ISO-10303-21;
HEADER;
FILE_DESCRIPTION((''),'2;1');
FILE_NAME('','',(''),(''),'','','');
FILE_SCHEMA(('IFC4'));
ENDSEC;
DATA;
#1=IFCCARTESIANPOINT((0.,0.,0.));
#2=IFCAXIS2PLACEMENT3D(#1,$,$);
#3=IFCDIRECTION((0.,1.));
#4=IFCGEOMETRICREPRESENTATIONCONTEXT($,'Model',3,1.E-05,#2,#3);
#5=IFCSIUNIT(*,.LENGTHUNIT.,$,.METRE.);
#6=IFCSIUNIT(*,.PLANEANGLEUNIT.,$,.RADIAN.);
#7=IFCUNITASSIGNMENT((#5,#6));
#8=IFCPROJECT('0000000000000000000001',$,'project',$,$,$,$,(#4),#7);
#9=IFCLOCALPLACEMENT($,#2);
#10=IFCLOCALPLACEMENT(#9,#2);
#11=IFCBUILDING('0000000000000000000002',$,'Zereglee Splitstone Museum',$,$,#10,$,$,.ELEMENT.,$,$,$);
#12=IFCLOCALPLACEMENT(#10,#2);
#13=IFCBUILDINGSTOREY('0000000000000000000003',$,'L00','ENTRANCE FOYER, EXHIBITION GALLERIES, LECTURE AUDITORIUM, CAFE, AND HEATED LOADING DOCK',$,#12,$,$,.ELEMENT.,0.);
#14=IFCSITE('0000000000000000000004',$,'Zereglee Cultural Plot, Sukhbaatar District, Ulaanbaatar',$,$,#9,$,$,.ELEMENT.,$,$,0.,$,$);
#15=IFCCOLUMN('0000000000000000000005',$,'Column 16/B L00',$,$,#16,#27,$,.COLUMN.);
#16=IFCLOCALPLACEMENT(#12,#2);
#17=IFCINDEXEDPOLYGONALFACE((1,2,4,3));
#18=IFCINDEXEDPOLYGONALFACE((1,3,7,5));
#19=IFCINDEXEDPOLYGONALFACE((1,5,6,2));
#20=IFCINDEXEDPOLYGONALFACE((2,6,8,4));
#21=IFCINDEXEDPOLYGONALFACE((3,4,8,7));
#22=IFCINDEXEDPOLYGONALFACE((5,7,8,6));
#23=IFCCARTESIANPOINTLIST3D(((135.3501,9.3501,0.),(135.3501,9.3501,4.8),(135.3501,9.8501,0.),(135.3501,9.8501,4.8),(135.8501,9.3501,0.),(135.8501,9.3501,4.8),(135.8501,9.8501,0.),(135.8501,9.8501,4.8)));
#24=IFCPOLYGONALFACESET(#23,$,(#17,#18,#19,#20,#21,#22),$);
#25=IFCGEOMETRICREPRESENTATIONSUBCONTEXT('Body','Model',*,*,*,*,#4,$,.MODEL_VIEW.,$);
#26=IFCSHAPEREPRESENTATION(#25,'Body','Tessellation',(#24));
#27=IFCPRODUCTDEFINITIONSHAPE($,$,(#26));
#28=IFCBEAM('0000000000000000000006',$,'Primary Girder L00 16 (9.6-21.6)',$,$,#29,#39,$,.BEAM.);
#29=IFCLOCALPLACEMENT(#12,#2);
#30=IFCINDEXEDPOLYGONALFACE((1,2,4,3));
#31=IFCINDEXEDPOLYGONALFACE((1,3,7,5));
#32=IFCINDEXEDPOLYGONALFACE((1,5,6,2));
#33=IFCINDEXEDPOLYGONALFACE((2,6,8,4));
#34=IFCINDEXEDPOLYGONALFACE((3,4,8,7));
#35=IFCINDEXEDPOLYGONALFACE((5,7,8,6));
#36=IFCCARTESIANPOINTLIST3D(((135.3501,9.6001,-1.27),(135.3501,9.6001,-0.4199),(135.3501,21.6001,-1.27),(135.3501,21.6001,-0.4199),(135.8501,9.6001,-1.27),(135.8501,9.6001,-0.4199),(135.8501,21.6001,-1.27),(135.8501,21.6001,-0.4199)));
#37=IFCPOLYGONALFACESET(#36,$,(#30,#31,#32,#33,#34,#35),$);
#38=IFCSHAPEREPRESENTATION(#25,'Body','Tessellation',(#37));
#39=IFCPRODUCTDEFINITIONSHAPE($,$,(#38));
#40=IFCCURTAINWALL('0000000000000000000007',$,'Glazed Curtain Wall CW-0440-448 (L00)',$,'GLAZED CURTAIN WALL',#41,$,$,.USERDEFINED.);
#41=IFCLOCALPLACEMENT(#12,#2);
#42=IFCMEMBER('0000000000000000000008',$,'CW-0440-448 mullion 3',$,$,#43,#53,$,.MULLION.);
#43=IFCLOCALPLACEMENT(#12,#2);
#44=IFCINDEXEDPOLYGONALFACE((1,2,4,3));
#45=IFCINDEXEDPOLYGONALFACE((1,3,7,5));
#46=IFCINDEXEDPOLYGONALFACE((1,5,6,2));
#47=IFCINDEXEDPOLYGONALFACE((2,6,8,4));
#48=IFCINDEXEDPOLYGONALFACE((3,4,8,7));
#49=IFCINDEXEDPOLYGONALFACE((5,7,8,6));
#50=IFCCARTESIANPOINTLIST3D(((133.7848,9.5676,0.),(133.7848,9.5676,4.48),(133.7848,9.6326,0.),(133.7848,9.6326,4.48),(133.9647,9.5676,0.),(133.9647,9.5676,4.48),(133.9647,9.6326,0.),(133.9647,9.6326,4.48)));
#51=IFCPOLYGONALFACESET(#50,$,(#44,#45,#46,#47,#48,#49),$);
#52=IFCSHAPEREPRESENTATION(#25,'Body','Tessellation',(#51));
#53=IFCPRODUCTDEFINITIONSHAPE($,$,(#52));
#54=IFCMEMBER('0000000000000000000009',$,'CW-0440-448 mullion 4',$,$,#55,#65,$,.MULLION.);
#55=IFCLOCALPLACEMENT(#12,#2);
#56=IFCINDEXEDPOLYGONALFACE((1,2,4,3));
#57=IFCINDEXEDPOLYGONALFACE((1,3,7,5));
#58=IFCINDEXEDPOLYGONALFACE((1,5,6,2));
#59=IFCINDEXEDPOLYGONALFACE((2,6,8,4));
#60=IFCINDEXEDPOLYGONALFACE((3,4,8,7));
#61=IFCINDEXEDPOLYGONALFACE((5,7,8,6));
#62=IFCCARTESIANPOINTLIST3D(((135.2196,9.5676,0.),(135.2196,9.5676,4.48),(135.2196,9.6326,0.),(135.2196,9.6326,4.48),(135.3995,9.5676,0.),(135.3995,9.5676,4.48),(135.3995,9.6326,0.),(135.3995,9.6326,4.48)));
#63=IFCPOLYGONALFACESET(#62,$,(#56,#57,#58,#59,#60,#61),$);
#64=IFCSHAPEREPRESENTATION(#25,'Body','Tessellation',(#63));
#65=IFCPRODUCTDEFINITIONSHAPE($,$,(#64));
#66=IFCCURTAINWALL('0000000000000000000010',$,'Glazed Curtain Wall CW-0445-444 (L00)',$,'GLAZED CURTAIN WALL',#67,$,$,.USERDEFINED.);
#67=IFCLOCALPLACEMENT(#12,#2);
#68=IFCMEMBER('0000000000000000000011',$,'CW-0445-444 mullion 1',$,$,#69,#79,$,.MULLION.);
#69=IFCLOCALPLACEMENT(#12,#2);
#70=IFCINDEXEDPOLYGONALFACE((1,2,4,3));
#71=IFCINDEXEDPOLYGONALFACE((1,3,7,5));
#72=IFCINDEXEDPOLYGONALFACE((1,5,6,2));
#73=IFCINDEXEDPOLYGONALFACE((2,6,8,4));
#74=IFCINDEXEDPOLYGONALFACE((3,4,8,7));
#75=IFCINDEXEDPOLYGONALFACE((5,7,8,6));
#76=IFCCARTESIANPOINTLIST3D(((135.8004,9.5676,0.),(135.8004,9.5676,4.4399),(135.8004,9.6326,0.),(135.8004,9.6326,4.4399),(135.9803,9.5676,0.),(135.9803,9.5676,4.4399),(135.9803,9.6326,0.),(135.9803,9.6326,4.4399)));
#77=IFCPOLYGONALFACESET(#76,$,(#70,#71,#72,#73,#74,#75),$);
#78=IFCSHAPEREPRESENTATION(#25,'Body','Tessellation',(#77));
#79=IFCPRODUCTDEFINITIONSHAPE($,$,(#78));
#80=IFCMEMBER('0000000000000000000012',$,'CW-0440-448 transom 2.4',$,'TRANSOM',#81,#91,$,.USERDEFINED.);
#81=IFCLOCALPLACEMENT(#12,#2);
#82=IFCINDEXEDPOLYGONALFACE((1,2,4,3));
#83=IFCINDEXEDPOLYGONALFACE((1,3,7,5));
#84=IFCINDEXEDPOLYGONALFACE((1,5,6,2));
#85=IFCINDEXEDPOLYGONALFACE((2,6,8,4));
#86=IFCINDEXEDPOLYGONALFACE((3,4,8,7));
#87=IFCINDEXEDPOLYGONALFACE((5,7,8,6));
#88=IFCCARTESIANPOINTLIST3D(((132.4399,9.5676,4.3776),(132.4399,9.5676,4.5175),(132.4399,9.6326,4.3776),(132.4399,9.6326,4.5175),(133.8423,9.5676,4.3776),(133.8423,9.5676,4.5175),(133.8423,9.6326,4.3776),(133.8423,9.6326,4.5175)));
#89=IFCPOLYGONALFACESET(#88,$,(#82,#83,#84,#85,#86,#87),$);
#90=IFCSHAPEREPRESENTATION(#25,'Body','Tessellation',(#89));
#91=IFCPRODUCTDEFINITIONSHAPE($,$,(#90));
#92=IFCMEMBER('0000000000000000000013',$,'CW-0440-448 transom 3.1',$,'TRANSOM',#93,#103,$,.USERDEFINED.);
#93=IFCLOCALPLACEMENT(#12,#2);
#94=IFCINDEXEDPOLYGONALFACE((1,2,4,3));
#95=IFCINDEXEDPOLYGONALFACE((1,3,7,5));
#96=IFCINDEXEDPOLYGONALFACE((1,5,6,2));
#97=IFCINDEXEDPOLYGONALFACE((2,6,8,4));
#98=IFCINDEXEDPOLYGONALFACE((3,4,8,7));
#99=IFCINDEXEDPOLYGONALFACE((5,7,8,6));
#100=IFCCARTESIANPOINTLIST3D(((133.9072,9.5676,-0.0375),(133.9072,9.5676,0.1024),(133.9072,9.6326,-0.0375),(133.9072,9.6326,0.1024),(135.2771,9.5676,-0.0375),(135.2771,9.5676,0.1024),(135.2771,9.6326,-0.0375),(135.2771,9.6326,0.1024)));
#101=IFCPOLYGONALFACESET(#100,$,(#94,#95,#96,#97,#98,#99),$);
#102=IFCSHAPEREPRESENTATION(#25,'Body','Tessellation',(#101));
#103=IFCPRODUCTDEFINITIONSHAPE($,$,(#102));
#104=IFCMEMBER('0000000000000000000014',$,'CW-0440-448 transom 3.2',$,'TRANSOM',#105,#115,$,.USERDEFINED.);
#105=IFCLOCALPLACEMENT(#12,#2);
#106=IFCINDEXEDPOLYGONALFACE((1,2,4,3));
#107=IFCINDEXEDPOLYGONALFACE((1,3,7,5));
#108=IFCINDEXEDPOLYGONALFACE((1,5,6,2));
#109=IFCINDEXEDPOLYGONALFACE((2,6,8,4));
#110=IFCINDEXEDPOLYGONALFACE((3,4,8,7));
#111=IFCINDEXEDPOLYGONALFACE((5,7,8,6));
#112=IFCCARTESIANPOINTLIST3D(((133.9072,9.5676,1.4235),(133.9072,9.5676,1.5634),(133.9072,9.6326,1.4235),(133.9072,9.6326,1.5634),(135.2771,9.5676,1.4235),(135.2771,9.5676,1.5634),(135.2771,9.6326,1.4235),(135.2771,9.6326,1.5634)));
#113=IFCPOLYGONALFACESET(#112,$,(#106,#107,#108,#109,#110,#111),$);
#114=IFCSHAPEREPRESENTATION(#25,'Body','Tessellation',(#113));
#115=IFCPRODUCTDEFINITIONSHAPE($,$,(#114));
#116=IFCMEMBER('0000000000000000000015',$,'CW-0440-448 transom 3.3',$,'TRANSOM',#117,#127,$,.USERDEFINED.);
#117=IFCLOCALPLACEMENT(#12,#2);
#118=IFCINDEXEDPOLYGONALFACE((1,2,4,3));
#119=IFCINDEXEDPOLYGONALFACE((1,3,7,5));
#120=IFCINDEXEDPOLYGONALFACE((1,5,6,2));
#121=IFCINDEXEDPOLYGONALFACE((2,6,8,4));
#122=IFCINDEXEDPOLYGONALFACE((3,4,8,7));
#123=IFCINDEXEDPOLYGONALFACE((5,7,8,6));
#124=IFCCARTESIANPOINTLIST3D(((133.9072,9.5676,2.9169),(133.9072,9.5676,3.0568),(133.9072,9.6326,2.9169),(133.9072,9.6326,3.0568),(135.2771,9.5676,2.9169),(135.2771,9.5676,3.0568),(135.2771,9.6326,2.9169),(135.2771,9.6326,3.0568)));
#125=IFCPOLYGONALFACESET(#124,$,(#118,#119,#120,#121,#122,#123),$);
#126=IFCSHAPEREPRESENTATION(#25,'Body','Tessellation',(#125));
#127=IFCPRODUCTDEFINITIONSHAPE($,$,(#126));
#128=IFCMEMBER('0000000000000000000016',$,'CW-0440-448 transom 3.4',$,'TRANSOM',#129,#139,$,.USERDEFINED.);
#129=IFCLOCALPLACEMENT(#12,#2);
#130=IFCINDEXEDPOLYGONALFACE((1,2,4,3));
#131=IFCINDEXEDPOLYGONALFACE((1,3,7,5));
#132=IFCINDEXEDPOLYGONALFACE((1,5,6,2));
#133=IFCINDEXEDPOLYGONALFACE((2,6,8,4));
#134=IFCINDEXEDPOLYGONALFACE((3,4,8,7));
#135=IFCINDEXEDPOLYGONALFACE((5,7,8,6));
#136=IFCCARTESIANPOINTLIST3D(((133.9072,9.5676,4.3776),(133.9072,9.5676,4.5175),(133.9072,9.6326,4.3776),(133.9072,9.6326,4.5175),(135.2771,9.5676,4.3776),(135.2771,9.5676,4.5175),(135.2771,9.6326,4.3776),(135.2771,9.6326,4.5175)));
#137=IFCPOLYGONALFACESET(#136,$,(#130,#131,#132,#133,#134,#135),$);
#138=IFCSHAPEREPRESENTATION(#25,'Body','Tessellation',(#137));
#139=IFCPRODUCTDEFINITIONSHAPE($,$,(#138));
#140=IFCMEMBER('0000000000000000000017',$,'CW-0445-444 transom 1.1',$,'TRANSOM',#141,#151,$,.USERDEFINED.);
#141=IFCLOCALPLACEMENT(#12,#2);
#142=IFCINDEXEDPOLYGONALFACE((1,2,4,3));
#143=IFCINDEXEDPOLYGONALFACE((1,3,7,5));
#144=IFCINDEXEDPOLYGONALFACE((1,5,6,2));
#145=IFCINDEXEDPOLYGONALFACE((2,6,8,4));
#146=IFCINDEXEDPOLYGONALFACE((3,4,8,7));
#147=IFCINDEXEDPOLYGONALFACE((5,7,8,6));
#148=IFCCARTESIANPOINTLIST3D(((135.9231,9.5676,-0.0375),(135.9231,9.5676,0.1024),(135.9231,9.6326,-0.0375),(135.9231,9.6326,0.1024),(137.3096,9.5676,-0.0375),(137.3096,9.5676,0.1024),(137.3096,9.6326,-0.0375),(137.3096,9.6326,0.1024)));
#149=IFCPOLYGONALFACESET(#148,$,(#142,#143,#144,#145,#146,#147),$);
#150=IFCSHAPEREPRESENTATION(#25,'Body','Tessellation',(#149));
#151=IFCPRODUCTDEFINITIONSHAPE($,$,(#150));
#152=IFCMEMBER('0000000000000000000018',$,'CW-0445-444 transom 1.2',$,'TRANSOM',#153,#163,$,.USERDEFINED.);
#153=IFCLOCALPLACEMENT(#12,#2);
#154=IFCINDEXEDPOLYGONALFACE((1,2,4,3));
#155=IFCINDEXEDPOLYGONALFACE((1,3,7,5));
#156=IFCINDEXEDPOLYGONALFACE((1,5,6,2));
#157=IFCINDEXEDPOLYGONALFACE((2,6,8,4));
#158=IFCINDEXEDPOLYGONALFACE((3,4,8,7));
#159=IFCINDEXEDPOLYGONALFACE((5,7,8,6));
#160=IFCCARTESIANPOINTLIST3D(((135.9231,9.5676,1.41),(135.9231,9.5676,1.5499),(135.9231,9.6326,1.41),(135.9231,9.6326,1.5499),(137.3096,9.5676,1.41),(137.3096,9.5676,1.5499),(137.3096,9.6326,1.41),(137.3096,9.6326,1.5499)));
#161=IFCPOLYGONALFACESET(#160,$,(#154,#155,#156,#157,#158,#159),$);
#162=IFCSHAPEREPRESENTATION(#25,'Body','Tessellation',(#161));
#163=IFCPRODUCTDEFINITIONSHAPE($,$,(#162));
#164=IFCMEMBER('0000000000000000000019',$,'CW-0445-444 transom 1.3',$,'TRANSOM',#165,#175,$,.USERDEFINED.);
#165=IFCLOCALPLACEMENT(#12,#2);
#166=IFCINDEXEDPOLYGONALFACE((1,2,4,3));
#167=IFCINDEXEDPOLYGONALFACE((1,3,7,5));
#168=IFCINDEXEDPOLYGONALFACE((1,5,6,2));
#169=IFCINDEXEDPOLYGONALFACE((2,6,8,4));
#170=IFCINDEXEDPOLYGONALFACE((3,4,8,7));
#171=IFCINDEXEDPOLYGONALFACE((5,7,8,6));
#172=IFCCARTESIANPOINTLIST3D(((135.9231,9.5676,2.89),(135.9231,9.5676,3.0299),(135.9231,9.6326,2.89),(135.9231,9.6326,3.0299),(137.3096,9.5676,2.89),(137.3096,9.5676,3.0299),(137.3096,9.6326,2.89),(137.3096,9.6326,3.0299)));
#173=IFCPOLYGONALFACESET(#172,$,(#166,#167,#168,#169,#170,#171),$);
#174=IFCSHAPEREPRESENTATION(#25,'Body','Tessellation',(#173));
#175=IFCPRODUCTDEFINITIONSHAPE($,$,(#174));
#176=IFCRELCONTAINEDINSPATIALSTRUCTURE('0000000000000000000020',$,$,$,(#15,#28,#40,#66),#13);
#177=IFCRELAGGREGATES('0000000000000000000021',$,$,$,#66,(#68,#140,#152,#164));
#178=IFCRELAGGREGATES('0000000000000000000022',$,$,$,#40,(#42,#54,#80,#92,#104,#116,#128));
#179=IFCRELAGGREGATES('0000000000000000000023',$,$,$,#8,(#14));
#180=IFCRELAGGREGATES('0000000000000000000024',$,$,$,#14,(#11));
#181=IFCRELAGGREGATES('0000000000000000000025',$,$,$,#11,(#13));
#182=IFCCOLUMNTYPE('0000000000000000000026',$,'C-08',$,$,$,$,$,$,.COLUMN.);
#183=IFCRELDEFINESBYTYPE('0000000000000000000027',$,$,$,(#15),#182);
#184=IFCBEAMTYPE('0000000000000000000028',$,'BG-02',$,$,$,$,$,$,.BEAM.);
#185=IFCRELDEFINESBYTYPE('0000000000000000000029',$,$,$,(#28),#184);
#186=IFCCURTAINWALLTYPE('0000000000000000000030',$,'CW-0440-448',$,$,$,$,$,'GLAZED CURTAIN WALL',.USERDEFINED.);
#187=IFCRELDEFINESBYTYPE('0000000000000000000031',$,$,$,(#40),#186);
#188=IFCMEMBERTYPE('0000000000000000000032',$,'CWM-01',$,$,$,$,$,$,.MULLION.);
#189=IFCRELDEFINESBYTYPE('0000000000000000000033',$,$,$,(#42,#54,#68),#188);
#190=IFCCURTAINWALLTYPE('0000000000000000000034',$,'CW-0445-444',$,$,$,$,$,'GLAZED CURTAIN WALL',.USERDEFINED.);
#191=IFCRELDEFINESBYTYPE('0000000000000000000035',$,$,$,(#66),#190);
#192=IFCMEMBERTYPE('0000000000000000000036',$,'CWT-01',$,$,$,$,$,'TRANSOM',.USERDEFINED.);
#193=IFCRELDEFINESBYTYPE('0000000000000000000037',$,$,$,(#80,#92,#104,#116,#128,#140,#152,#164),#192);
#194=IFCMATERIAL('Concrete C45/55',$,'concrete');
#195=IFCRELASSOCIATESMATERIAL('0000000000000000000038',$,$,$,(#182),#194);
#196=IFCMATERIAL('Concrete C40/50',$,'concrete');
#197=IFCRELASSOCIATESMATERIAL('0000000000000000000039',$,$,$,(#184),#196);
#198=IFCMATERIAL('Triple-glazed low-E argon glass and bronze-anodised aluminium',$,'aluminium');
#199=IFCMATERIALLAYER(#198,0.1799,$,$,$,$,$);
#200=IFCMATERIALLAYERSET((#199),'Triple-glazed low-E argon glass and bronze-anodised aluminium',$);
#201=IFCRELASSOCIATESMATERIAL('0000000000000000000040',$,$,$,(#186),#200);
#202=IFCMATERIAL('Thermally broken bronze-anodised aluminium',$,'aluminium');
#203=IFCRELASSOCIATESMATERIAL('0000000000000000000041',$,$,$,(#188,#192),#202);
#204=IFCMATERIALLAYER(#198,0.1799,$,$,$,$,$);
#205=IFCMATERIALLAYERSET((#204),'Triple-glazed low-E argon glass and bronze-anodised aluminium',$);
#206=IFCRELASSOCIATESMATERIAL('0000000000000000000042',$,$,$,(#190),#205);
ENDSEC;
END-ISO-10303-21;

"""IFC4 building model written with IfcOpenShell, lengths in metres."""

from ifc_helpers import new_model, si_unit, direction, frame, origin, origin_2d, place, context, subcontext, project, spatial, rectangle, extrude, material, layer, layer_set, material_profile, profile_set, type_object, element, aggregate, save


model = new_model("IFC4")

# Units and contexts
model_context = context("Model", 3, precision=1e-05, world=origin(), true_north=direction((0.0, 1.0)))
body_context = subcontext(model_context, "Body", "Model", "MODEL_VIEW")
ifc_project = project(units=[si_unit("LENGTHUNIT", "METRE"), si_unit("PLANEANGLEUNIT", "RADIAN")], contexts=[model_context])

# Site, building, storey
site_placement = place(None, origin())
site = spatial("IfcSite", under=ifc_project, at=site_placement, Name="Zereglee Cultural Plot, Sukhbaatar District, Ulaanbaatar", CompositionType="ELEMENT", RefElevation=0.0)
building_placement = place(site_placement, origin())
building = spatial("IfcBuilding", under=site, at=building_placement, Name="Zereglee Splitstone Museum", CompositionType="ELEMENT")
storey_placement = place(building_placement, origin())
storey = spatial("IfcBuildingStorey", under=building, at=storey_placement, Name="L00", Description="ENTRANCE FOYER, EXHIBITION GALLERIES, LECTURE AUDITORIUM, CAFE, AND HEATED LOADING DOCK", CompositionType="ELEMENT", Elevation=0.0)

# Column
ifc_material_1 = material(Name="Concrete C45/55", Category="concrete")
ifc_material_profile_1 = material_profile(ifc_material_1, rectangle(XDim=0.5, YDim=0.5, at=origin_2d()), Name="RC 500x500")
ifc_profile_set_1 = profile_set([ifc_material_profile_1], Name="Concrete C45/55")
column_type = type_object("IfcColumnType", Name="C-08", PredefinedType="COLUMN", material=ifc_profile_set_1)
column_placement = place(storey_placement, frame((135.6001, 9.6001, 0.0), z_axis=(0.0, 0.0, 1.0), x_axis=(1.0, 0.0, 0.0)))
element("IfcColumn", 1, at=column_placement, inside=storey, type_object=column_type, Name="Column 16/B L00", PredefinedType="COLUMN", context=body_context, shape_type="SweptSolid", body=[
    extrude(rectangle(XDim=0.5, YDim=0.5, at=origin_2d()), origin(), (0.0, 0.0, 1.0), 4.8),
])

# Beam
ifc_material_2 = material(Name="Concrete C40/50", Category="concrete")
ifc_material_profile_2 = material_profile(ifc_material_2, rectangle(XDim=0.5, YDim=0.8501, at=origin_2d()), Name="RC 500x850")
ifc_profile_set_2 = profile_set([ifc_material_profile_2], Name="Concrete C40/50")
beam_type_1 = type_object("IfcBeamType", Name="BG-02", PredefinedType="BEAM", material=ifc_profile_set_2)
beam_1_placement = place(storey_placement, frame((135.6001, 9.6001, -0.845), z_axis=(0.0, 1.0, 0.0), x_axis=(-1.0, 0.0, 0.0)))
element("IfcBeam", 2, at=beam_1_placement, inside=storey, type_object=beam_type_1, Name="Primary Girder L00 16 (9.6-21.6)", PredefinedType="BEAM", context=body_context, shape_type="SweptSolid", body=[
    extrude(rectangle(XDim=0.5, YDim=0.8501, at=origin_2d()), origin(), (0.0, 0.0, 1.0), 12.0),
])

# Curtain wall, members
ifc_material_3 = material(Name="Triple-glazed low-E argon glass and bronze-anodised aluminium", Category="aluminium")
ifc_layer_1 = layer(ifc_material_3, 0.1799)
ifc_layer_set_1 = layer_set([ifc_layer_1], Name="Triple-glazed low-E argon glass and bronze-anodised aluminium")
curtain_wall_type_1 = type_object("IfcCurtainWallType", Name="CW-0440-448", ElementType="GLAZED CURTAIN WALL", PredefinedType="USERDEFINED", material=ifc_layer_set_1)
curtain_wall_1_placement = place(storey_placement, origin())
curtain_wall_1 = element("IfcCurtainWall", 3, at=curtain_wall_1_placement, inside=storey, type_object=curtain_wall_type_1, Name="Glazed Curtain Wall CW-0440-448 (L00)", ObjectType="GLAZED CURTAIN WALL", PredefinedType="USERDEFINED")
ifc_material_4 = material(Name="Thermally broken bronze-anodised aluminium", Category="aluminium")
ifc_material_profile_3 = material_profile(ifc_material_4, rectangle(XDim=0.0649, YDim=0.1799, at=origin_2d()), Name="CW MULL 65x180")
ifc_profile_set_3 = profile_set([ifc_material_profile_3], Name="Thermally broken bronze-anodised aluminium")
member_type_1 = type_object("IfcMemberType", Name="CWM-01", PredefinedType="MULLION", material=ifc_profile_set_3)
member_1_placement = place(storey_placement, frame((133.8748, 9.6001, 0.0), z_axis=(0.0, 0.0, 1.0), x_axis=(0.0, 1.0, 0.0)))
member_1 = element("IfcMember", 4, at=member_1_placement, type_object=member_type_1, Name="CW-0440-448 mullion 3", PredefinedType="MULLION", context=body_context, shape_type="SweptSolid", body=[
    extrude(rectangle(XDim=0.0649, YDim=0.1799, at=origin_2d()), origin(), (0.0, 0.0, 1.0), 4.48),
])
member_2_placement = place(storey_placement, frame((135.3096, 9.6001, 0.0), z_axis=(0.0, 0.0, 1.0), x_axis=(0.0, 1.0, 0.0)))
member_2 = element("IfcMember", 5, at=member_2_placement, type_object=member_type_1, Name="CW-0440-448 mullion 4", PredefinedType="MULLION", context=body_context, shape_type="SweptSolid", body=[
    extrude(rectangle(XDim=0.0649, YDim=0.1799, at=origin_2d()), origin(), (0.0, 0.0, 1.0), 4.48),
])

# Curtain wall, member
ifc_layer_2 = layer(ifc_material_3, 0.1799)
ifc_layer_set_2 = layer_set([ifc_layer_2], Name="Triple-glazed low-E argon glass and bronze-anodised aluminium")
curtain_wall_type_2 = type_object("IfcCurtainWallType", Name="CW-0445-444", ElementType="GLAZED CURTAIN WALL", PredefinedType="USERDEFINED", material=ifc_layer_set_2)
curtain_wall_2_placement = place(storey_placement, origin())
curtain_wall_2 = element("IfcCurtainWall", 6, at=curtain_wall_2_placement, inside=storey, type_object=curtain_wall_type_2, Name="Glazed Curtain Wall CW-0445-444 (L00)", ObjectType="GLAZED CURTAIN WALL", PredefinedType="USERDEFINED")
member_3_placement = place(storey_placement, frame((135.8904, 9.6001, 0.0), z_axis=(0.0, 0.0, 1.0), x_axis=(0.0, 1.0, 0.0)))
member_3 = element("IfcMember", 7, at=member_3_placement, type_object=member_type_1, Name="CW-0445-444 mullion 1", PredefinedType="MULLION", context=body_context, shape_type="SweptSolid", body=[
    extrude(rectangle(XDim=0.0649, YDim=0.1799, at=origin_2d()), origin(), (0.0, 0.0, 1.0), 4.4399),
])

# Members
ifc_material_profile_4 = material_profile(ifc_material_4, rectangle(XDim=0.0649, YDim=0.1399, at=origin_2d()), Name="CW TRAN 65x140")
ifc_profile_set_4 = profile_set([ifc_material_profile_4], Name="Thermally broken bronze-anodised aluminium")
member_type_2 = type_object("IfcMemberType", Name="CWT-01", ElementType="TRANSOM", PredefinedType="USERDEFINED", material=ifc_profile_set_4)
member_4_placement = place(storey_placement, frame((132.4399, 9.6001, 4.4475), z_axis=(1.0, 0.0, 0.0), x_axis=(0.0, 1.0, 0.0)))
member_4 = element("IfcMember", 8, at=member_4_placement, type_object=member_type_2, Name="CW-0440-448 transom 2.4", ObjectType="TRANSOM", PredefinedType="USERDEFINED", context=body_context, shape_type="SweptSolid", body=[
    extrude(rectangle(XDim=0.0649, YDim=0.1399, at=origin_2d()), origin(), (0.0, 0.0, 1.0), 1.4023),
])
member_5_placement = place(storey_placement, frame((133.9072, 9.6001, 0.0325), z_axis=(1.0, 0.0, 0.0), x_axis=(0.0, 1.0, 0.0)))
member_5 = element("IfcMember", 9, at=member_5_placement, type_object=member_type_2, Name="CW-0440-448 transom 3.1", ObjectType="TRANSOM", PredefinedType="USERDEFINED", context=body_context, shape_type="SweptSolid", body=[
    extrude(rectangle(XDim=0.0649, YDim=0.1399, at=origin_2d()), origin(), (0.0, 0.0, 1.0), 1.3699),
])
member_6_placement = place(storey_placement, frame((133.9072, 9.6001, 1.4934), z_axis=(1.0, 0.0, 0.0), x_axis=(0.0, 1.0, 0.0)))
member_6 = element("IfcMember", 10, at=member_6_placement, type_object=member_type_2, Name="CW-0440-448 transom 3.2", ObjectType="TRANSOM", PredefinedType="USERDEFINED", context=body_context, shape_type="SweptSolid", body=[
    extrude(rectangle(XDim=0.0649, YDim=0.1399, at=origin_2d()), origin(), (0.0, 0.0, 1.0), 1.3699),
])
member_7_placement = place(storey_placement, frame((133.9072, 9.6001, 2.9868), z_axis=(1.0, 0.0, 0.0), x_axis=(0.0, 1.0, 0.0)))
member_7 = element("IfcMember", 11, at=member_7_placement, type_object=member_type_2, Name="CW-0440-448 transom 3.3", ObjectType="TRANSOM", PredefinedType="USERDEFINED", context=body_context, shape_type="SweptSolid", body=[
    extrude(rectangle(XDim=0.0649, YDim=0.1399, at=origin_2d()), origin(), (0.0, 0.0, 1.0), 1.3699),
])
member_8_placement = place(storey_placement, frame((133.9072, 9.6001, 4.4475), z_axis=(1.0, 0.0, 0.0), x_axis=(0.0, 1.0, 0.0)))
member_8 = element("IfcMember", 12, at=member_8_placement, type_object=member_type_2, Name="CW-0440-448 transom 3.4", ObjectType="TRANSOM", PredefinedType="USERDEFINED", context=body_context, shape_type="SweptSolid", body=[
    extrude(rectangle(XDim=0.0649, YDim=0.1399, at=origin_2d()), origin(), (0.0, 0.0, 1.0), 1.3699),
])
member_9_placement = place(storey_placement, frame((135.9231, 9.6001, 0.0325), z_axis=(1.0, 0.0, 0.0), x_axis=(0.0, 1.0, 0.0)))
member_9 = element("IfcMember", 13, at=member_9_placement, type_object=member_type_2, Name="CW-0445-444 transom 1.1", ObjectType="TRANSOM", PredefinedType="USERDEFINED", context=body_context, shape_type="SweptSolid", body=[
    extrude(rectangle(XDim=0.0649, YDim=0.1399, at=origin_2d()), origin(), (0.0, 0.0, 1.0), 1.3865),
])
member_10_placement = place(storey_placement, frame((135.9231, 9.6001, 1.48), z_axis=(1.0, 0.0, 0.0), x_axis=(0.0, 1.0, 0.0)))
member_10 = element("IfcMember", 14, at=member_10_placement, type_object=member_type_2, Name="CW-0445-444 transom 1.2", ObjectType="TRANSOM", PredefinedType="USERDEFINED", context=body_context, shape_type="SweptSolid", body=[
    extrude(rectangle(XDim=0.0649, YDim=0.1399, at=origin_2d()), origin(), (0.0, 0.0, 1.0), 1.3865),
])
member_11_placement = place(storey_placement, frame((135.9231, 9.6001, 2.96), z_axis=(1.0, 0.0, 0.0), x_axis=(0.0, 1.0, 0.0)))
member_11 = element("IfcMember", 15, at=member_11_placement, type_object=member_type_2, Name="CW-0445-444 transom 1.3", ObjectType="TRANSOM", PredefinedType="USERDEFINED", context=body_context, shape_type="SweptSolid", body=[
    extrude(rectangle(XDim=0.0649, YDim=0.1399, at=origin_2d()), origin(), (0.0, 0.0, 1.0), 1.3865),
])
aggregate(curtain_wall_2, [member_3, member_9, member_10, member_11])

aggregate(curtain_wall_1, [member_1, member_2, member_4, member_5, member_6, member_7, member_8])

save(model, "model.ifc")
